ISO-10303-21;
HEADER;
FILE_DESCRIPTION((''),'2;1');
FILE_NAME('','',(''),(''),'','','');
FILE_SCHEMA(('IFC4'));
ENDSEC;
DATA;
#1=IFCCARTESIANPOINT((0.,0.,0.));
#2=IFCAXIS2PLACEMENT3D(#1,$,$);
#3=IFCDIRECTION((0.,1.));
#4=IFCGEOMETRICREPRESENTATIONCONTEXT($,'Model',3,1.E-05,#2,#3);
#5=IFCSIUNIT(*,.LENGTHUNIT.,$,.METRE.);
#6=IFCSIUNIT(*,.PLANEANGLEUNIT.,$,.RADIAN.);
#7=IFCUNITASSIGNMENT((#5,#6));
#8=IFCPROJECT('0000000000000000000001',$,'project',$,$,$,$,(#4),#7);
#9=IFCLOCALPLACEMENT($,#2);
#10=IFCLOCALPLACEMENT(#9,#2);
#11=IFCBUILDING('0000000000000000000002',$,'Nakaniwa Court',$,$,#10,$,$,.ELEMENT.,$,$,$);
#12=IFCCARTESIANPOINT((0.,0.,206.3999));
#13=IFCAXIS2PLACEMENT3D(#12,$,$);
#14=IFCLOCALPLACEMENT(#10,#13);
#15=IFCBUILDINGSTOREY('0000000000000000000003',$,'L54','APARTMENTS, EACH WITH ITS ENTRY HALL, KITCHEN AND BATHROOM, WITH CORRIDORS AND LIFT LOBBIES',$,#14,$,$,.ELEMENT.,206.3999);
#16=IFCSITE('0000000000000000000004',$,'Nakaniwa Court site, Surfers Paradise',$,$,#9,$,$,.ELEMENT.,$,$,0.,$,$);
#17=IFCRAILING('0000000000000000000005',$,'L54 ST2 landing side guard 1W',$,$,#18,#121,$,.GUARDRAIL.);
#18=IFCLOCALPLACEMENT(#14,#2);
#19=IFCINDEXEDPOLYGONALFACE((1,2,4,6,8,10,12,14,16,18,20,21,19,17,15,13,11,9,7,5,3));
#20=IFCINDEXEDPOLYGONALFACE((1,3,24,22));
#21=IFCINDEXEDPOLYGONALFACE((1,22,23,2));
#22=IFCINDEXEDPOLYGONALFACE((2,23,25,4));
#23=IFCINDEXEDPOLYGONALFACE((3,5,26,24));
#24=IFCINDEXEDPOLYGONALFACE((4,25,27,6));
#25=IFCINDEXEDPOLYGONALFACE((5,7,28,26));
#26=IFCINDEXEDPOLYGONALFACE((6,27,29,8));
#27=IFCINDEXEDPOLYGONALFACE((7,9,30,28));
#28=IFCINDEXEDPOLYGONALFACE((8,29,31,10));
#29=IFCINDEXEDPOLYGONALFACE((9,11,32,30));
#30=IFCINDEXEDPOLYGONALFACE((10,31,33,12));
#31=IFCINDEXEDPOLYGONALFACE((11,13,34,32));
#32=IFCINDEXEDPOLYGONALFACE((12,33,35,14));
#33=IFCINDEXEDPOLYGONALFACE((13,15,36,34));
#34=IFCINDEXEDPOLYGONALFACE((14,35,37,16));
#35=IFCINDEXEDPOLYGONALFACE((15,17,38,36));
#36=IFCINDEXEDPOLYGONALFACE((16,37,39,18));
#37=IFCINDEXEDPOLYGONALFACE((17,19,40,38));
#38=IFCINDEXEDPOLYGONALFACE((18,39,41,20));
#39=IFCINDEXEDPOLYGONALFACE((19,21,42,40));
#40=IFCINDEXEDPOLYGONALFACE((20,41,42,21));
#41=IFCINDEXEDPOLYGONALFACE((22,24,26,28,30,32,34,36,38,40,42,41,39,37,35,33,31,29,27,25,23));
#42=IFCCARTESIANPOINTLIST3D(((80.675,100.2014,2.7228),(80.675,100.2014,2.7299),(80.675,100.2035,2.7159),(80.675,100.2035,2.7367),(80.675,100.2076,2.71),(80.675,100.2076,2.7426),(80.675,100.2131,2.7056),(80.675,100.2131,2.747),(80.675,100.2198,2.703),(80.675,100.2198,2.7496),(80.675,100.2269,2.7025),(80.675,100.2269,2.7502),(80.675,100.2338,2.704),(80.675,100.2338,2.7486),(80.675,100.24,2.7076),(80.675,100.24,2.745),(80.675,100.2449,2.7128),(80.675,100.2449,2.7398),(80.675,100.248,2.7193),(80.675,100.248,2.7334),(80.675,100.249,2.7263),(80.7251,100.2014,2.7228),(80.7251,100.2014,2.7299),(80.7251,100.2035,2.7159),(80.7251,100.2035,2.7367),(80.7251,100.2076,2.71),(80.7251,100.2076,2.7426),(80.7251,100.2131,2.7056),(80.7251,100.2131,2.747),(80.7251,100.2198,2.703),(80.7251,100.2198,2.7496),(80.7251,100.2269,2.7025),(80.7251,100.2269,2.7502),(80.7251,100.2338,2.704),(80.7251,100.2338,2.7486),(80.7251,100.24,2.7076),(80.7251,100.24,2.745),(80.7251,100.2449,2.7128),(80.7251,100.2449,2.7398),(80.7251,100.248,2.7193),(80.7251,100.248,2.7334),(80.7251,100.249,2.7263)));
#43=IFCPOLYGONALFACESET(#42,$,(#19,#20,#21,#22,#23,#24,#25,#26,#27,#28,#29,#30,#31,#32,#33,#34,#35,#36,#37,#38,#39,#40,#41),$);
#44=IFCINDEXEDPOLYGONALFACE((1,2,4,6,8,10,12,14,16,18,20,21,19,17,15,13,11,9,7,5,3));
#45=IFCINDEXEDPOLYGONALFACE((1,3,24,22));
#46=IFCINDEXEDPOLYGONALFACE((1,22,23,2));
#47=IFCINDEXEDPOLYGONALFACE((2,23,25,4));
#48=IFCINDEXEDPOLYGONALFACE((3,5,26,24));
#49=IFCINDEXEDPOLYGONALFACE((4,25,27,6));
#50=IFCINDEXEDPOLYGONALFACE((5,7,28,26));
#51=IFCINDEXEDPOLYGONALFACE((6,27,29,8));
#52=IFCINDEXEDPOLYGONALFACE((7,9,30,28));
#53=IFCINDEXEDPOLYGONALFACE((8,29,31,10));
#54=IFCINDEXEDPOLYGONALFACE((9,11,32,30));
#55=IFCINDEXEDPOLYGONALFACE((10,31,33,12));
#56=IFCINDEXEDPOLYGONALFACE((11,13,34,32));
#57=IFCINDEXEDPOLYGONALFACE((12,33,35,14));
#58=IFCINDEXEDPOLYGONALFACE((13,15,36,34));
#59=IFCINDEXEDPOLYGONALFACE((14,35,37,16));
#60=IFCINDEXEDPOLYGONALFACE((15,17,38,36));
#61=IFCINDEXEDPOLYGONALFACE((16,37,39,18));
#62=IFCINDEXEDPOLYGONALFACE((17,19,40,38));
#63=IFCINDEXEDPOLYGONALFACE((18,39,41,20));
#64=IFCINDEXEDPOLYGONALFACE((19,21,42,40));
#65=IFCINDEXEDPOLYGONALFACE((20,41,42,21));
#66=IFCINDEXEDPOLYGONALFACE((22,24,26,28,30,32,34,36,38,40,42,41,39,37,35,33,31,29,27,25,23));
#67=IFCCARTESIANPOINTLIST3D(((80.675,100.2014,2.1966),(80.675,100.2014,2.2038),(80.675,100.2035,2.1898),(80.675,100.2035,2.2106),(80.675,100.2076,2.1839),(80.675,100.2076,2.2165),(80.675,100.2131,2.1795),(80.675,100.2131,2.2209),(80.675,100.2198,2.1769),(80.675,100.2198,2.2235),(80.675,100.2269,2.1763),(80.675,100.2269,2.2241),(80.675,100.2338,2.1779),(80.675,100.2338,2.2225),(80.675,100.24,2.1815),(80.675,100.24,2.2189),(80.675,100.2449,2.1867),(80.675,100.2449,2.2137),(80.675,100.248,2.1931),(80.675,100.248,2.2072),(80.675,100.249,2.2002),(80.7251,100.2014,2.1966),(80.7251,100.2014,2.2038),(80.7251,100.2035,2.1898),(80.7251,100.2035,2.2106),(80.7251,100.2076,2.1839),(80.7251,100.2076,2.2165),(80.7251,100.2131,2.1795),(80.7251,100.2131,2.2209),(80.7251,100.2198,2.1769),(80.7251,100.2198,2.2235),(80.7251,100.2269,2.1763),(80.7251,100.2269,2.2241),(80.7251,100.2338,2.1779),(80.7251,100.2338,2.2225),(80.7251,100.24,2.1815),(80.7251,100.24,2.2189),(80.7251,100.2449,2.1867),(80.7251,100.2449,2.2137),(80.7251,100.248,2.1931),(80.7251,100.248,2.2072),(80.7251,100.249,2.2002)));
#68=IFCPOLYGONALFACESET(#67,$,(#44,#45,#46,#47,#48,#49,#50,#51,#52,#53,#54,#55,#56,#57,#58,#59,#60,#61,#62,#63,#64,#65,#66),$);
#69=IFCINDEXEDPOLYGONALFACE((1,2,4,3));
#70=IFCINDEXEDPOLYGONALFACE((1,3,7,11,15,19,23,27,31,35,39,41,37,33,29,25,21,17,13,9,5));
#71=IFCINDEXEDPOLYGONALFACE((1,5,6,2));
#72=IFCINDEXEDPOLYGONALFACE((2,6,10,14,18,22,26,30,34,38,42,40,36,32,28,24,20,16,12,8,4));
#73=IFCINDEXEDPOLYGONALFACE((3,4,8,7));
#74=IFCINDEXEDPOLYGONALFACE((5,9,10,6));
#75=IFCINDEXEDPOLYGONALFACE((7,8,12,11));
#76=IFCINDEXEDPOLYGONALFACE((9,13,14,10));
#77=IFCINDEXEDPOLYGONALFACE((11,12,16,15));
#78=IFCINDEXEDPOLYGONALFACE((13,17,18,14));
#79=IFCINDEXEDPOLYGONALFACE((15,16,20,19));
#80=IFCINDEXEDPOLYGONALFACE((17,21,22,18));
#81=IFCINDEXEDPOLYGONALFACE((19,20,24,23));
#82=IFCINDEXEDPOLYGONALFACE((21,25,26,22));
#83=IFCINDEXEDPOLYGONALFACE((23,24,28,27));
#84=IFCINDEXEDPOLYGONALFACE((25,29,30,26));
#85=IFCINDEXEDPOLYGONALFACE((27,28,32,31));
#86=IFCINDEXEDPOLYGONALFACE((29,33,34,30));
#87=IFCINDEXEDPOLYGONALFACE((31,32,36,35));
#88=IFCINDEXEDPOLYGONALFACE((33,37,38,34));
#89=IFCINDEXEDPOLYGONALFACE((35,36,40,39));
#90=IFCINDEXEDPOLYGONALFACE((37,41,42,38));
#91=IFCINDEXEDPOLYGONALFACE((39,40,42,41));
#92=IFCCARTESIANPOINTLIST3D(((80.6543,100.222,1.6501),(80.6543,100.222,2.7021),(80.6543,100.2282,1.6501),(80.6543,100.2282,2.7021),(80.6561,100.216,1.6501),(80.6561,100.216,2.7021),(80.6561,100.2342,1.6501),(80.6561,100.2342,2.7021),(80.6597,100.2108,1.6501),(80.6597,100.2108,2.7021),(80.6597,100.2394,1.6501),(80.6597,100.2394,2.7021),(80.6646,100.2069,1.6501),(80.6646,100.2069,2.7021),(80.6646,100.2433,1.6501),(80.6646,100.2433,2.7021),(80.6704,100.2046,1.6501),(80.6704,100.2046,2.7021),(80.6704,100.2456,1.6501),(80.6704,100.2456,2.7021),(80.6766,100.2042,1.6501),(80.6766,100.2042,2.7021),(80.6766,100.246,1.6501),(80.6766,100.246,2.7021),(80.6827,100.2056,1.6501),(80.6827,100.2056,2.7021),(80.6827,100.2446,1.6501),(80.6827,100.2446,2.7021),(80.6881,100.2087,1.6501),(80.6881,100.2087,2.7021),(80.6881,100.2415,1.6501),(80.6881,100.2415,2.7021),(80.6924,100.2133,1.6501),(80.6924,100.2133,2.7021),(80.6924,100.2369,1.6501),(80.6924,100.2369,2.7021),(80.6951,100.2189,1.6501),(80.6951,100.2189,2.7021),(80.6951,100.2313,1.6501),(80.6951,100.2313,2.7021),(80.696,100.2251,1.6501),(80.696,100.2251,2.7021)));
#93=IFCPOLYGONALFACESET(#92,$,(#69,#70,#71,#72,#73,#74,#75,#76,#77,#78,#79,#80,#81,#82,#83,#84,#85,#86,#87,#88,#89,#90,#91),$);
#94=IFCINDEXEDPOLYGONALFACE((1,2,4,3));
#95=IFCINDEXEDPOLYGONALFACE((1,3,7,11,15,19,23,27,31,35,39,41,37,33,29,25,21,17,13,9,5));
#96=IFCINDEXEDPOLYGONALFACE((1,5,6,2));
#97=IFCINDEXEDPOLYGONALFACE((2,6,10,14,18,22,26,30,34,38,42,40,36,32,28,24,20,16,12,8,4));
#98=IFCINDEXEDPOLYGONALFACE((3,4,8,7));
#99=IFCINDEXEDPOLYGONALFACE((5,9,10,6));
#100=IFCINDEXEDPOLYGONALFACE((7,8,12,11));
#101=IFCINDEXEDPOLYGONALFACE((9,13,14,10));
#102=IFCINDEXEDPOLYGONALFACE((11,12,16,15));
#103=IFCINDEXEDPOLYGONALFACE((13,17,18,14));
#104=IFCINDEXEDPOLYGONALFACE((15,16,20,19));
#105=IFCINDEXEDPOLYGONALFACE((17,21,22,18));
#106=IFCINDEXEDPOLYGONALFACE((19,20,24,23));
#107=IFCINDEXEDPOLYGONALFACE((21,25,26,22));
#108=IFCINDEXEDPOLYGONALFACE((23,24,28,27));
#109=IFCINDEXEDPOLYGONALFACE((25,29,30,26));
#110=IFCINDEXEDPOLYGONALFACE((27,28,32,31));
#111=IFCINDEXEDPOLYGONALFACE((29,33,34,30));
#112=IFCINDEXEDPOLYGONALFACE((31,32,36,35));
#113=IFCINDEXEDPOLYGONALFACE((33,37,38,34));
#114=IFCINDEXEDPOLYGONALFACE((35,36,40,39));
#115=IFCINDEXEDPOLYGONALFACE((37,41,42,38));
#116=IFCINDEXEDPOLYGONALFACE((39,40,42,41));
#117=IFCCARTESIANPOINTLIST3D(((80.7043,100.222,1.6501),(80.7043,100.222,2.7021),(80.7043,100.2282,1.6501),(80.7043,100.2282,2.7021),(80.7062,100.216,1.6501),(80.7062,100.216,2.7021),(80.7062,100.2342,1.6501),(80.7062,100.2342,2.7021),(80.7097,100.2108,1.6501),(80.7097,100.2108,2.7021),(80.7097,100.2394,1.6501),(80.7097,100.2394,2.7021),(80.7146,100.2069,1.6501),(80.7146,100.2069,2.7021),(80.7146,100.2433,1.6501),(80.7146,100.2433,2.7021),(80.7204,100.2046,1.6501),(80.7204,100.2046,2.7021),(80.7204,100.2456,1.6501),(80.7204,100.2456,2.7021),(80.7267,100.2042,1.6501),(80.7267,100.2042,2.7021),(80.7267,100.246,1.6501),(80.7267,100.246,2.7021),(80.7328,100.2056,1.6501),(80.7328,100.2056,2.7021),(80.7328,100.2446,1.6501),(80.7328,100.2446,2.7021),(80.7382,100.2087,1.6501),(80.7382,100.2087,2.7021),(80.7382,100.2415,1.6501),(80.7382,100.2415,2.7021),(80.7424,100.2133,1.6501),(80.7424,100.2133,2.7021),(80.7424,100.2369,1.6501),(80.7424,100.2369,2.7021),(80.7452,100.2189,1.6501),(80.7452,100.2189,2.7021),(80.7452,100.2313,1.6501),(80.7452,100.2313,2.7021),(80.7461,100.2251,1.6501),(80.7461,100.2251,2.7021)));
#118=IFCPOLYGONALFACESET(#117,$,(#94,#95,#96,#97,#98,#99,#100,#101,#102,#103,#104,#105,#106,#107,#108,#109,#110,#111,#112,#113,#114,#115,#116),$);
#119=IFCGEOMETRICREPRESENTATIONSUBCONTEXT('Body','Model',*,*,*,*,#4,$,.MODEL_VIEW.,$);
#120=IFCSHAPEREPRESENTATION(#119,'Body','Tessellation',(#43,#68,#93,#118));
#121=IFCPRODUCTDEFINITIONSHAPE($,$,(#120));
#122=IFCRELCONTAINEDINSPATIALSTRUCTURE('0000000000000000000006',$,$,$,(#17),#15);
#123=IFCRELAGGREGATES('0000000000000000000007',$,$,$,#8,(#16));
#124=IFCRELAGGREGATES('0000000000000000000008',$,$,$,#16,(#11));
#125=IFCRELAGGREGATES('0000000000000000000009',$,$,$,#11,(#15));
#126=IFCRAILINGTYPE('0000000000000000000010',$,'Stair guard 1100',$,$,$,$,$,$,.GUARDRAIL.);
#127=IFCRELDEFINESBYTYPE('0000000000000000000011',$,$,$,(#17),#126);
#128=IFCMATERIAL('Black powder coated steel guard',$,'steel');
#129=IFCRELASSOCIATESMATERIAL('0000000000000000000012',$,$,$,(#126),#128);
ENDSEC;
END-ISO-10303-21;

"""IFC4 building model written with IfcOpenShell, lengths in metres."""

from ifc_helpers import new_model, si_unit, direction, frame, origin, origin_2d, place, context, subcontext, project, spatial, circle, extrude, material, type_object, element, save


model = new_model("IFC4")

# Units and contexts
model_context = context("Model", 3, precision=1e-05, world=origin(), true_north=direction((0.0, 1.0)))
body_context = subcontext(model_context, "Body", "Model", "MODEL_VIEW")
ifc_project = project(units=[si_unit("LENGTHUNIT", "METRE"), si_unit("PLANEANGLEUNIT", "RADIAN")], contexts=[model_context])

# Site, building, storey
site_placement = place(None, origin())
site = spatial("IfcSite", under=ifc_project, at=site_placement, Name="Nakaniwa Court site, Surfers Paradise", CompositionType="ELEMENT", RefElevation=0.0)
building_placement = place(site_placement, origin())
building = spatial("IfcBuilding", under=site, at=building_placement, Name="Nakaniwa Court", CompositionType="ELEMENT")
storey_placement = place(building_placement, frame((0.0, 0.0, 206.3999)))
storey = spatial("IfcBuildingStorey", under=building, at=storey_placement, Name="L54", Description="APARTMENTS, EACH WITH ITS ENTRY HALL, KITCHEN AND BATHROOM, WITH CORRIDORS AND LIFT LOBBIES", CompositionType="ELEMENT", Elevation=206.3999)

# Railing
ifc_material_1 = material(Name="Black powder coated steel guard", Category="steel")
railing_type_1 = type_object("IfcRailingType", Name="Stair guard 1100", PredefinedType="GUARDRAIL", material=ifc_material_1)
for number, where, name in (
    (1, (80.675, 100.2251, 1.6501), "L54 ST2 landing side guard 1W"),
):
    element("IfcRailing", number, at=place(storey_placement, frame(where)), inside=storey, type_object=railing_type_1, Name=name, PredefinedType="GUARDRAIL", context=body_context, shape_type="SweptSolid", body=[
        extrude(circle(Radius=0.0239, at=origin_2d()), frame((0.0, 0.0, 1.0762), z_axis=(1.0, 0.0, 0.0), x_axis=(0.0, 1.0, 0.0)), (0.0, 0.0, 1.0), 0.05),
        extrude(circle(Radius=0.0239, at=origin_2d()), frame((0.0, 0.0, 0.55), z_axis=(1.0, 0.0, 0.0), x_axis=(0.0, 1.0, 0.0)), (0.0, 0.0, 1.0), 0.05),
        extrude(circle(Radius=0.021, at=origin_2d()), origin(), (0.0, 0.0, 1.0), 1.052),
        extrude(circle(Radius=0.021, at=origin_2d()), frame((0.05, 0.0, 0.0)), (0.0, 0.0, 1.0), 1.052),
    ])

save(model, "model.ifc")
